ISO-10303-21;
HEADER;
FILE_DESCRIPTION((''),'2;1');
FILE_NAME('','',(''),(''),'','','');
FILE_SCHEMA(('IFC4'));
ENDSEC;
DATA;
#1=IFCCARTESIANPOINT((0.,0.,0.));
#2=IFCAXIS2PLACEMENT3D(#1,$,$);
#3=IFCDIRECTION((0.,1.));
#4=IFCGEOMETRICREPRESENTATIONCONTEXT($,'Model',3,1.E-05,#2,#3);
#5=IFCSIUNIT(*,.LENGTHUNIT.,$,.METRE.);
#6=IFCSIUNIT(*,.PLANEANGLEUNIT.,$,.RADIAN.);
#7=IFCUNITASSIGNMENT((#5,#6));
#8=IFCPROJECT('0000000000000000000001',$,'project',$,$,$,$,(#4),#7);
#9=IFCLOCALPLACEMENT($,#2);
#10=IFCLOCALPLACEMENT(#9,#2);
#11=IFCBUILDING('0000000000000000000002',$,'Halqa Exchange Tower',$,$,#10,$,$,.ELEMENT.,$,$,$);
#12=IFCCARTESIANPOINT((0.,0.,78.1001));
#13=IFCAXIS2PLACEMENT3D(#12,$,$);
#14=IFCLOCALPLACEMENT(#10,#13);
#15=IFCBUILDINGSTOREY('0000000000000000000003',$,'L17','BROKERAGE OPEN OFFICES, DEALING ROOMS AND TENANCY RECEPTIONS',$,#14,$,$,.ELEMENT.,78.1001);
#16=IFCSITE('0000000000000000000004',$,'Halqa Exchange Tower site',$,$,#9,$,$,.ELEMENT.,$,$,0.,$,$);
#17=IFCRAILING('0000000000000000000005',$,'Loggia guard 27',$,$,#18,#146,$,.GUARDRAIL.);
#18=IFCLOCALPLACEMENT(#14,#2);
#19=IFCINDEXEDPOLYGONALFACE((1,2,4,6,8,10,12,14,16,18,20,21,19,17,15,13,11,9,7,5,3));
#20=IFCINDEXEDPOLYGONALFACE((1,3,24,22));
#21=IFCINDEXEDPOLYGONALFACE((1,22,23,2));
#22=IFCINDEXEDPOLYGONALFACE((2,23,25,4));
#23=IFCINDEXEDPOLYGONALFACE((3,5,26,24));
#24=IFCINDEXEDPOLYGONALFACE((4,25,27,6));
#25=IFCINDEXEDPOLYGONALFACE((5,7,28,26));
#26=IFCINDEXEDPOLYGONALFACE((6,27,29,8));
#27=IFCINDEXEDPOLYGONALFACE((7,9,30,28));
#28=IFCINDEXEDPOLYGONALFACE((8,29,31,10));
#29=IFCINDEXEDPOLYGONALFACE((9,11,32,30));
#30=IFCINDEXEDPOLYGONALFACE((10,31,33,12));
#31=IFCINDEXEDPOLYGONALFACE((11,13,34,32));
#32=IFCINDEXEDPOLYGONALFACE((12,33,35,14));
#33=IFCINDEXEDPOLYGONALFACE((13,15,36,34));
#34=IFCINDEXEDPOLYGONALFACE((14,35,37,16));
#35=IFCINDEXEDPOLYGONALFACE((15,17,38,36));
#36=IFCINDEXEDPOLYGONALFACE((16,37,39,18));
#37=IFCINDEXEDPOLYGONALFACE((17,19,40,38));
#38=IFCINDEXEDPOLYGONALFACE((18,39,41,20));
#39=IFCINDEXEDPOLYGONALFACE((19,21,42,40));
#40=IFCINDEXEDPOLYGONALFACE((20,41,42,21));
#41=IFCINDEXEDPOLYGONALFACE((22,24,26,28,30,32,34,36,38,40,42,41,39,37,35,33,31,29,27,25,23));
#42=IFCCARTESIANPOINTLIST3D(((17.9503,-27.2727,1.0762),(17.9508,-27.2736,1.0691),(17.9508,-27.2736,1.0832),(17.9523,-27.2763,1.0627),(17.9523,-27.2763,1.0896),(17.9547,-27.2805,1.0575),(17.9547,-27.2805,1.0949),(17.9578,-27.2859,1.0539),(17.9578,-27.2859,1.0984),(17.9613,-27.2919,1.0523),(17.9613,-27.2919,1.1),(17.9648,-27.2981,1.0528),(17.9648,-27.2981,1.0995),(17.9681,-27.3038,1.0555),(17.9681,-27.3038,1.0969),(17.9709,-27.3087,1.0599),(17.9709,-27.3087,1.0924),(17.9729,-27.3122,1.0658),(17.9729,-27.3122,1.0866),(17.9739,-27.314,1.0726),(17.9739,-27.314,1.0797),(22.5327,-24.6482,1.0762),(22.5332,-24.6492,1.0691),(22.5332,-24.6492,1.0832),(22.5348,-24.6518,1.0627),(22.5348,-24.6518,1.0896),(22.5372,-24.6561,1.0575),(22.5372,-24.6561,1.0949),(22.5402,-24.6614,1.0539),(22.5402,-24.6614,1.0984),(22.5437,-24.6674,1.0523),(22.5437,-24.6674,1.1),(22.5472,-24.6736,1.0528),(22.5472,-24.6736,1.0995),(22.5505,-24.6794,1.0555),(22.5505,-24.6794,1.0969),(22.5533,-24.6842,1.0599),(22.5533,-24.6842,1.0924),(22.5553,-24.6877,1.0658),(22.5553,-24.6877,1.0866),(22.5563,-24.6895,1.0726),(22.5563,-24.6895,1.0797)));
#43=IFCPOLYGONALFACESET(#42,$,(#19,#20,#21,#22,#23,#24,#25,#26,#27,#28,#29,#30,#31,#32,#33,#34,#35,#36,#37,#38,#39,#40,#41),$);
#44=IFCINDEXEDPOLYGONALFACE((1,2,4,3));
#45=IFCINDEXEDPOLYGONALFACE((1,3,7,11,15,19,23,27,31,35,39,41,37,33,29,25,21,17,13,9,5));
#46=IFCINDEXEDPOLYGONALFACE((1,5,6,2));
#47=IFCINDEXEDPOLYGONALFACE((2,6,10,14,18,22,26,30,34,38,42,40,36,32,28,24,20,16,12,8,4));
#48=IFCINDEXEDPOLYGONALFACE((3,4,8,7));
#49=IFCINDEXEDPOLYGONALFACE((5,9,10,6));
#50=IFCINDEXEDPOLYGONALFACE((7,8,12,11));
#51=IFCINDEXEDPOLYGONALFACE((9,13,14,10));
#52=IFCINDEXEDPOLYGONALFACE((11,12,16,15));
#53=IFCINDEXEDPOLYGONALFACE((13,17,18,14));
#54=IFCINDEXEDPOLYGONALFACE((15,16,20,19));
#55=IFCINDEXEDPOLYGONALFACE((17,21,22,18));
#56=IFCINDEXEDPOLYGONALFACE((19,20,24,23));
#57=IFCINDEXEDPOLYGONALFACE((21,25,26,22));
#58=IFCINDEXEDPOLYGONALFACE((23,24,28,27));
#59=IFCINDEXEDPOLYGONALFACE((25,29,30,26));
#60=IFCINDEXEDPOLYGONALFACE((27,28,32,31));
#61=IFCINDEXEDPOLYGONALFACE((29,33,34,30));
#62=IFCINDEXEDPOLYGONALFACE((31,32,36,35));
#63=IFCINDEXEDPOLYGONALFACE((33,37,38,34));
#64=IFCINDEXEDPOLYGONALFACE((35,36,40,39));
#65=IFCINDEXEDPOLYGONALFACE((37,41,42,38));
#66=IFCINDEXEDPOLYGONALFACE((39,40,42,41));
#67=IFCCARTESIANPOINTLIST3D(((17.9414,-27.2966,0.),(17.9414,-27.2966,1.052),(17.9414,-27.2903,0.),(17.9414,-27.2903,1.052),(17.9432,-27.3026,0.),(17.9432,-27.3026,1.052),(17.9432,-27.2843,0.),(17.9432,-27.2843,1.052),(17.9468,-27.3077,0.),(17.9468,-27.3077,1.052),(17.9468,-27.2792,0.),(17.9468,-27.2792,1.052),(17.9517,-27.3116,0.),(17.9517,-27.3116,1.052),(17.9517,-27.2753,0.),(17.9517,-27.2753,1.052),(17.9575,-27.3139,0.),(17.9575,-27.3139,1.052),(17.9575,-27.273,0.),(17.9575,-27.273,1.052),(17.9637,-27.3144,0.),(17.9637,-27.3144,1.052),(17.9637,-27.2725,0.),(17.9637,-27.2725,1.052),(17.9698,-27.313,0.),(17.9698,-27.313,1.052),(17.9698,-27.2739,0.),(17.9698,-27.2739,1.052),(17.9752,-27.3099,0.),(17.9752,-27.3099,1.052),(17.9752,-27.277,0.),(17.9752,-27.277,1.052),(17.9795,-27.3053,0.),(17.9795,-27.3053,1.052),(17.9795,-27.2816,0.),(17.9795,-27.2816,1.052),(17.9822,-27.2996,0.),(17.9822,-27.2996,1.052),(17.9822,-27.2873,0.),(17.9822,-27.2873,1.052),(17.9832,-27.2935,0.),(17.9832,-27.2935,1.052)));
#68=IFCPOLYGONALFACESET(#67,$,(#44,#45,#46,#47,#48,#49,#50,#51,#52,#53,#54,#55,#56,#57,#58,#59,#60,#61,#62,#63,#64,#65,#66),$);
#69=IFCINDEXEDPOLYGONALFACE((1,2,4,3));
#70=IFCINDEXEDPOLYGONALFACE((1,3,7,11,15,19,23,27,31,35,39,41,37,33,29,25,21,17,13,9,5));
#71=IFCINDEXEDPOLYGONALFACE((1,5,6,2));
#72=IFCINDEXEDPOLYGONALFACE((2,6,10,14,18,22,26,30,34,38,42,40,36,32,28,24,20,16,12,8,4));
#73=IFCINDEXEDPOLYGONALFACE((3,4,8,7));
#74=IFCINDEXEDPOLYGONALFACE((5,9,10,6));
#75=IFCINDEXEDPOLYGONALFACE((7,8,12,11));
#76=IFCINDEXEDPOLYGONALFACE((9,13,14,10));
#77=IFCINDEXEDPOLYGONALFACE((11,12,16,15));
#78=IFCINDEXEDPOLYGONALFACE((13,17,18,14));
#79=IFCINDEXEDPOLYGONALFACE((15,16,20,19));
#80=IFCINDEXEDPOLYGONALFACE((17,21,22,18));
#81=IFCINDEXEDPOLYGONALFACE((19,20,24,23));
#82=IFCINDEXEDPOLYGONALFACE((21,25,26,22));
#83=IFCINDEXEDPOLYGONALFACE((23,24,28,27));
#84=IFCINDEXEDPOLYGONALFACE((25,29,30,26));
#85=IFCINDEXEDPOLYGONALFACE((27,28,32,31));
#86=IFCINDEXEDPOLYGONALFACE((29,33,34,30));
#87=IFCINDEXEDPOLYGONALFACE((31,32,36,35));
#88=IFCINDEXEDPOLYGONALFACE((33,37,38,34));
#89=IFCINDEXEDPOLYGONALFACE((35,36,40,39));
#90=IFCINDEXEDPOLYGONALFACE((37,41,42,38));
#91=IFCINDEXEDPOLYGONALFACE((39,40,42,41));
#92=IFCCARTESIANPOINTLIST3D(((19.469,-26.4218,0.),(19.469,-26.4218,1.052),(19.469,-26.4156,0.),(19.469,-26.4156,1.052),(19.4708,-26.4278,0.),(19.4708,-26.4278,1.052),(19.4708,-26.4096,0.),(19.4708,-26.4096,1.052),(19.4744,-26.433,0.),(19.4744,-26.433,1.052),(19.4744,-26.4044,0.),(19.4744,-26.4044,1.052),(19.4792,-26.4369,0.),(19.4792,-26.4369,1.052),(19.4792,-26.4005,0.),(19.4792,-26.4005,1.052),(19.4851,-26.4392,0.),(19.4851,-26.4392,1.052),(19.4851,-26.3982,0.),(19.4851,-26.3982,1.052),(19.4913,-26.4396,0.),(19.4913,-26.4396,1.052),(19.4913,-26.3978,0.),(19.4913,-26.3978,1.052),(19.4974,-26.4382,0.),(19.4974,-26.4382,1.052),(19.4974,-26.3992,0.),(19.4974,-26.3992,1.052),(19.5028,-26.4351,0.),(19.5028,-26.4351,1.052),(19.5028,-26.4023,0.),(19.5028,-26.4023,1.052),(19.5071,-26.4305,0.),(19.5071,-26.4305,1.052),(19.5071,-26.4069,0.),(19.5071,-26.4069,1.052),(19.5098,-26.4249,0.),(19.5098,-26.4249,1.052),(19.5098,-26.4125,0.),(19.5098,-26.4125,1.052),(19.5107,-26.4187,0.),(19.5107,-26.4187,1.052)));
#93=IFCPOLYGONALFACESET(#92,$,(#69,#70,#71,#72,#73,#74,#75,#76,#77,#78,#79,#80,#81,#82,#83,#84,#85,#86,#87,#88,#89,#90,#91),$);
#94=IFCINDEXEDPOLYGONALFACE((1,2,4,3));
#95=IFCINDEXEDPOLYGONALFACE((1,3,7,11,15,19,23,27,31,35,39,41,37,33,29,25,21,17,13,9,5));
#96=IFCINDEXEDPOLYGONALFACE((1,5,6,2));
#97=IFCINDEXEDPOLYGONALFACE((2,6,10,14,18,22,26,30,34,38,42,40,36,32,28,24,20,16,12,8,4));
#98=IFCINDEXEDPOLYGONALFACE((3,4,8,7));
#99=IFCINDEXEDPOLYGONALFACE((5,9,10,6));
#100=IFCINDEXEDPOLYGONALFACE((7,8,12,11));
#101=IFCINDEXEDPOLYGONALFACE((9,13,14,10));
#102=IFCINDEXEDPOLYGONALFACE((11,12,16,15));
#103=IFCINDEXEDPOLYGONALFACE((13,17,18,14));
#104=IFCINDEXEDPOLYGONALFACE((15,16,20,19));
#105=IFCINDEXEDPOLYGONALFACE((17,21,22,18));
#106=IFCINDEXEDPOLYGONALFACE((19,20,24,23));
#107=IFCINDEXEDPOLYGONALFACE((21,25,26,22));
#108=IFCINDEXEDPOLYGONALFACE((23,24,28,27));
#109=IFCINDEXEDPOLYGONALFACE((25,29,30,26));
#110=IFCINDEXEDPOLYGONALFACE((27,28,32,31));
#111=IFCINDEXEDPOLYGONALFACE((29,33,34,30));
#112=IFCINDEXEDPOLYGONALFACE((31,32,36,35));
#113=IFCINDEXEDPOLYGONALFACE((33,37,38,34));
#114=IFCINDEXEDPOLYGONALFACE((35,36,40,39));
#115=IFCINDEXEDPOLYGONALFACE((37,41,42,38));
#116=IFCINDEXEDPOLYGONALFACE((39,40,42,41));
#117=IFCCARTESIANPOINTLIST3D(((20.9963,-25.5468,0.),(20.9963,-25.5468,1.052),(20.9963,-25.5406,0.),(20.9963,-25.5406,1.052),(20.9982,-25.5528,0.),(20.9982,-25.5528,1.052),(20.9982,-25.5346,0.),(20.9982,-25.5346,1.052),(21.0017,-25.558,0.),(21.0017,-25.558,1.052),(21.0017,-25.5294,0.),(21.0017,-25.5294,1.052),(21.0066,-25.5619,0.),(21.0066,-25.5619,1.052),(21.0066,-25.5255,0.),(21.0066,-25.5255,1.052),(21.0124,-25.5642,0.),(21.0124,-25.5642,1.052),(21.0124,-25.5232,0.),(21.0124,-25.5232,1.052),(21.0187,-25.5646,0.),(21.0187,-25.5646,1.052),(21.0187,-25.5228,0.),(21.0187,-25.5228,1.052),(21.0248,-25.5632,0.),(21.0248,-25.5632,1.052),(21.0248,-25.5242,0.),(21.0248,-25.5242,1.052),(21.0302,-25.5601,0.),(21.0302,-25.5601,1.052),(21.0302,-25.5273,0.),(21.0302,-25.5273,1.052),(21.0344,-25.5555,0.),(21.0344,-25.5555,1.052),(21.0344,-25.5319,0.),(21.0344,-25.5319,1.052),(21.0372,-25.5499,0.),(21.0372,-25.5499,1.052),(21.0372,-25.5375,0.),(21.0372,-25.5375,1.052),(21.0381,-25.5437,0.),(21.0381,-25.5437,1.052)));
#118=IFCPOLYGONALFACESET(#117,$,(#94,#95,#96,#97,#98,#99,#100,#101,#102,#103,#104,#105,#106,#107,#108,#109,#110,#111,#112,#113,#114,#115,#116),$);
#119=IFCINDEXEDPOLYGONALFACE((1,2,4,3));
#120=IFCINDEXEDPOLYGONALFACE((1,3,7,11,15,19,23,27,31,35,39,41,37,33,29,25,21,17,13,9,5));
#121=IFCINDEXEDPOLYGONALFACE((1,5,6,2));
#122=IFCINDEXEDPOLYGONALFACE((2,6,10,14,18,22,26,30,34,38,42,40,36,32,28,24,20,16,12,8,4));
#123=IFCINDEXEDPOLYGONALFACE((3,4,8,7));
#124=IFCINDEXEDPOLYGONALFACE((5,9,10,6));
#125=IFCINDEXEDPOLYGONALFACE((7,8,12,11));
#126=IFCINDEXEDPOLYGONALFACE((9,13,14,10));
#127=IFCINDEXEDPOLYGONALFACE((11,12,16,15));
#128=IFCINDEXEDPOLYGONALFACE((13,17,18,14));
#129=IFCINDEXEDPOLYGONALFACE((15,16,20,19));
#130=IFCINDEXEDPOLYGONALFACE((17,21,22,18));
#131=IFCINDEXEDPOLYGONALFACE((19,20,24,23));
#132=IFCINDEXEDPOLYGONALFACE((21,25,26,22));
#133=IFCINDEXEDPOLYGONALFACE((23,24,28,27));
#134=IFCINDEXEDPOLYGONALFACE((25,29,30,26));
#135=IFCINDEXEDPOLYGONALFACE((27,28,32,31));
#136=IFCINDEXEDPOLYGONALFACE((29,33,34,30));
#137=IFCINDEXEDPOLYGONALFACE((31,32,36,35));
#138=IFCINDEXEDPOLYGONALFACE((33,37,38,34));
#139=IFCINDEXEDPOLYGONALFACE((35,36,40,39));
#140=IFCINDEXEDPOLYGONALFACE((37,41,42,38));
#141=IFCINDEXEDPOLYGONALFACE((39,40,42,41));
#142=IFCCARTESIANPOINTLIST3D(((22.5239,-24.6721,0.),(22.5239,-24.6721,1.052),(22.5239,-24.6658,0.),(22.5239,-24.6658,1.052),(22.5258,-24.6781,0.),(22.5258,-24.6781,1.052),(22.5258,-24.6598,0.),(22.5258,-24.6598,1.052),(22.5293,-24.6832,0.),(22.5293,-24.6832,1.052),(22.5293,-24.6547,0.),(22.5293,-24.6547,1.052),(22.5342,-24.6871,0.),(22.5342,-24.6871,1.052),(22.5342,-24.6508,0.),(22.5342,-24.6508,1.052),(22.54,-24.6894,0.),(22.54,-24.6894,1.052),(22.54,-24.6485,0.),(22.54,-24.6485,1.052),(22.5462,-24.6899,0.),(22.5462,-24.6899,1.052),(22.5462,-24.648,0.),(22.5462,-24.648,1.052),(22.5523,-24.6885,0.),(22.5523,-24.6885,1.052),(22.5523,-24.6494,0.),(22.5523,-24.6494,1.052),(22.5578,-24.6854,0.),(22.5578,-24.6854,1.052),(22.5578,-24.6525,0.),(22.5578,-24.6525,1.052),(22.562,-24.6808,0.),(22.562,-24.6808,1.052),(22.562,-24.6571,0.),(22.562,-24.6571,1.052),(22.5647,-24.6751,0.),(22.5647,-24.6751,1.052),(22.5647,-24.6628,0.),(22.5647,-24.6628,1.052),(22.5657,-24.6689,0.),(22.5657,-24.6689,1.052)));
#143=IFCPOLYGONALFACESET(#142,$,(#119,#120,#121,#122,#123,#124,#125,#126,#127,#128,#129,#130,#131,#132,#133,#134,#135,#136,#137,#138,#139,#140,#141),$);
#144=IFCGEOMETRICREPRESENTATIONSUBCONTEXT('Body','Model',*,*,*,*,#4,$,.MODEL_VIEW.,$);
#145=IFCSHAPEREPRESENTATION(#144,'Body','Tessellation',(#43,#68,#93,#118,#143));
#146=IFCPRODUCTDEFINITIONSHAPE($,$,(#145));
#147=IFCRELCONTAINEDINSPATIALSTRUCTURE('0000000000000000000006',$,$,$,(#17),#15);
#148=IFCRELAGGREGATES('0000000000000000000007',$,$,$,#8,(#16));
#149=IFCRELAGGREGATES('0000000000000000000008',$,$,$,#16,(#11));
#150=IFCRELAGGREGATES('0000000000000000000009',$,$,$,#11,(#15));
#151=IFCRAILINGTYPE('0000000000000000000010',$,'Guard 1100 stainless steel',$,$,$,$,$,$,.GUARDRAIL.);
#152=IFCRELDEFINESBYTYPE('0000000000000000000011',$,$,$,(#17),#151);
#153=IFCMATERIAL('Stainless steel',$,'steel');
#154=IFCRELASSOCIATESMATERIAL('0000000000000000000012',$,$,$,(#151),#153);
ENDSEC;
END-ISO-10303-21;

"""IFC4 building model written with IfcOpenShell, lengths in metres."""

from ifc_helpers import new_model, si_unit, direction, frame, origin, origin_2d, place, context, subcontext, project, spatial, circle, extrude, material, type_object, element, save


model = new_model("IFC4")

# Units and contexts
model_context = context("Model", 3, precision=1e-05, world=origin(), true_north=direction((0.0, 1.0)))
body_context = subcontext(model_context, "Body", "Model", "MODEL_VIEW")
ifc_project = project(units=[si_unit("LENGTHUNIT", "METRE"), si_unit("PLANEANGLEUNIT", "RADIAN")], contexts=[model_context])

# Site, building, storey
site_placement = place(None, origin())
site = spatial("IfcSite", under=ifc_project, at=site_placement, Name="Halqa Exchange Tower site", CompositionType="ELEMENT", RefElevation=0.0)
building_placement = place(site_placement, origin())
building = spatial("IfcBuilding", under=site, at=building_placement, Name="Halqa Exchange Tower", CompositionType="ELEMENT")
storey_placement = place(building_placement, frame((0.0, 0.0, 78.1001)))
storey = spatial("IfcBuildingStorey", under=building, at=storey_placement, Name="L17", Description="BROKERAGE OPEN OFFICES, DEALING ROOMS AND TENANCY RECEPTIONS", CompositionType="ELEMENT", Elevation=78.1001)

# Railing
ifc_material_1 = material(Name="Stainless steel", Category="steel")
railing_type = type_object("IfcRailingType", Name="Guard 1100 stainless steel", PredefinedType="GUARDRAIL", material=ifc_material_1)
railing_1_placement = place(storey_placement, frame((17.9622, -27.2935, 0.0)))
element("IfcRailing", 1, at=railing_1_placement, inside=storey, type_object=railing_type, Name="Loggia guard 27", PredefinedType="GUARDRAIL", context=body_context, shape_type="SweptSolid", body=[
    extrude(circle(Radius=0.0239, at=origin_2d()), frame((0.0, 0.0, 1.0762), z_axis=(0.867759, 0.496985, 0.0), x_axis=(-0.496985, 0.867759, 0.0)), (0.0, 0.0, 1.0), 5.2808),
    extrude(circle(Radius=0.021, at=origin_2d()), origin(), (0.0, 0.0, 1.0), 1.052),
    extrude(circle(Radius=0.021, at=origin_2d()), frame((1.5276, 0.8748, 0.0)), (0.0, 0.0, 1.0), 1.052),
    extrude(circle(Radius=0.021, at=origin_2d()), frame((3.0549, 1.7498, 0.0)), (0.0, 0.0, 1.0), 1.052),
    extrude(circle(Radius=0.021, at=origin_2d()), frame((4.5825, 2.6245, 0.0)), (0.0, 0.0, 1.0), 1.052),
])

save(model, "model.ifc")
